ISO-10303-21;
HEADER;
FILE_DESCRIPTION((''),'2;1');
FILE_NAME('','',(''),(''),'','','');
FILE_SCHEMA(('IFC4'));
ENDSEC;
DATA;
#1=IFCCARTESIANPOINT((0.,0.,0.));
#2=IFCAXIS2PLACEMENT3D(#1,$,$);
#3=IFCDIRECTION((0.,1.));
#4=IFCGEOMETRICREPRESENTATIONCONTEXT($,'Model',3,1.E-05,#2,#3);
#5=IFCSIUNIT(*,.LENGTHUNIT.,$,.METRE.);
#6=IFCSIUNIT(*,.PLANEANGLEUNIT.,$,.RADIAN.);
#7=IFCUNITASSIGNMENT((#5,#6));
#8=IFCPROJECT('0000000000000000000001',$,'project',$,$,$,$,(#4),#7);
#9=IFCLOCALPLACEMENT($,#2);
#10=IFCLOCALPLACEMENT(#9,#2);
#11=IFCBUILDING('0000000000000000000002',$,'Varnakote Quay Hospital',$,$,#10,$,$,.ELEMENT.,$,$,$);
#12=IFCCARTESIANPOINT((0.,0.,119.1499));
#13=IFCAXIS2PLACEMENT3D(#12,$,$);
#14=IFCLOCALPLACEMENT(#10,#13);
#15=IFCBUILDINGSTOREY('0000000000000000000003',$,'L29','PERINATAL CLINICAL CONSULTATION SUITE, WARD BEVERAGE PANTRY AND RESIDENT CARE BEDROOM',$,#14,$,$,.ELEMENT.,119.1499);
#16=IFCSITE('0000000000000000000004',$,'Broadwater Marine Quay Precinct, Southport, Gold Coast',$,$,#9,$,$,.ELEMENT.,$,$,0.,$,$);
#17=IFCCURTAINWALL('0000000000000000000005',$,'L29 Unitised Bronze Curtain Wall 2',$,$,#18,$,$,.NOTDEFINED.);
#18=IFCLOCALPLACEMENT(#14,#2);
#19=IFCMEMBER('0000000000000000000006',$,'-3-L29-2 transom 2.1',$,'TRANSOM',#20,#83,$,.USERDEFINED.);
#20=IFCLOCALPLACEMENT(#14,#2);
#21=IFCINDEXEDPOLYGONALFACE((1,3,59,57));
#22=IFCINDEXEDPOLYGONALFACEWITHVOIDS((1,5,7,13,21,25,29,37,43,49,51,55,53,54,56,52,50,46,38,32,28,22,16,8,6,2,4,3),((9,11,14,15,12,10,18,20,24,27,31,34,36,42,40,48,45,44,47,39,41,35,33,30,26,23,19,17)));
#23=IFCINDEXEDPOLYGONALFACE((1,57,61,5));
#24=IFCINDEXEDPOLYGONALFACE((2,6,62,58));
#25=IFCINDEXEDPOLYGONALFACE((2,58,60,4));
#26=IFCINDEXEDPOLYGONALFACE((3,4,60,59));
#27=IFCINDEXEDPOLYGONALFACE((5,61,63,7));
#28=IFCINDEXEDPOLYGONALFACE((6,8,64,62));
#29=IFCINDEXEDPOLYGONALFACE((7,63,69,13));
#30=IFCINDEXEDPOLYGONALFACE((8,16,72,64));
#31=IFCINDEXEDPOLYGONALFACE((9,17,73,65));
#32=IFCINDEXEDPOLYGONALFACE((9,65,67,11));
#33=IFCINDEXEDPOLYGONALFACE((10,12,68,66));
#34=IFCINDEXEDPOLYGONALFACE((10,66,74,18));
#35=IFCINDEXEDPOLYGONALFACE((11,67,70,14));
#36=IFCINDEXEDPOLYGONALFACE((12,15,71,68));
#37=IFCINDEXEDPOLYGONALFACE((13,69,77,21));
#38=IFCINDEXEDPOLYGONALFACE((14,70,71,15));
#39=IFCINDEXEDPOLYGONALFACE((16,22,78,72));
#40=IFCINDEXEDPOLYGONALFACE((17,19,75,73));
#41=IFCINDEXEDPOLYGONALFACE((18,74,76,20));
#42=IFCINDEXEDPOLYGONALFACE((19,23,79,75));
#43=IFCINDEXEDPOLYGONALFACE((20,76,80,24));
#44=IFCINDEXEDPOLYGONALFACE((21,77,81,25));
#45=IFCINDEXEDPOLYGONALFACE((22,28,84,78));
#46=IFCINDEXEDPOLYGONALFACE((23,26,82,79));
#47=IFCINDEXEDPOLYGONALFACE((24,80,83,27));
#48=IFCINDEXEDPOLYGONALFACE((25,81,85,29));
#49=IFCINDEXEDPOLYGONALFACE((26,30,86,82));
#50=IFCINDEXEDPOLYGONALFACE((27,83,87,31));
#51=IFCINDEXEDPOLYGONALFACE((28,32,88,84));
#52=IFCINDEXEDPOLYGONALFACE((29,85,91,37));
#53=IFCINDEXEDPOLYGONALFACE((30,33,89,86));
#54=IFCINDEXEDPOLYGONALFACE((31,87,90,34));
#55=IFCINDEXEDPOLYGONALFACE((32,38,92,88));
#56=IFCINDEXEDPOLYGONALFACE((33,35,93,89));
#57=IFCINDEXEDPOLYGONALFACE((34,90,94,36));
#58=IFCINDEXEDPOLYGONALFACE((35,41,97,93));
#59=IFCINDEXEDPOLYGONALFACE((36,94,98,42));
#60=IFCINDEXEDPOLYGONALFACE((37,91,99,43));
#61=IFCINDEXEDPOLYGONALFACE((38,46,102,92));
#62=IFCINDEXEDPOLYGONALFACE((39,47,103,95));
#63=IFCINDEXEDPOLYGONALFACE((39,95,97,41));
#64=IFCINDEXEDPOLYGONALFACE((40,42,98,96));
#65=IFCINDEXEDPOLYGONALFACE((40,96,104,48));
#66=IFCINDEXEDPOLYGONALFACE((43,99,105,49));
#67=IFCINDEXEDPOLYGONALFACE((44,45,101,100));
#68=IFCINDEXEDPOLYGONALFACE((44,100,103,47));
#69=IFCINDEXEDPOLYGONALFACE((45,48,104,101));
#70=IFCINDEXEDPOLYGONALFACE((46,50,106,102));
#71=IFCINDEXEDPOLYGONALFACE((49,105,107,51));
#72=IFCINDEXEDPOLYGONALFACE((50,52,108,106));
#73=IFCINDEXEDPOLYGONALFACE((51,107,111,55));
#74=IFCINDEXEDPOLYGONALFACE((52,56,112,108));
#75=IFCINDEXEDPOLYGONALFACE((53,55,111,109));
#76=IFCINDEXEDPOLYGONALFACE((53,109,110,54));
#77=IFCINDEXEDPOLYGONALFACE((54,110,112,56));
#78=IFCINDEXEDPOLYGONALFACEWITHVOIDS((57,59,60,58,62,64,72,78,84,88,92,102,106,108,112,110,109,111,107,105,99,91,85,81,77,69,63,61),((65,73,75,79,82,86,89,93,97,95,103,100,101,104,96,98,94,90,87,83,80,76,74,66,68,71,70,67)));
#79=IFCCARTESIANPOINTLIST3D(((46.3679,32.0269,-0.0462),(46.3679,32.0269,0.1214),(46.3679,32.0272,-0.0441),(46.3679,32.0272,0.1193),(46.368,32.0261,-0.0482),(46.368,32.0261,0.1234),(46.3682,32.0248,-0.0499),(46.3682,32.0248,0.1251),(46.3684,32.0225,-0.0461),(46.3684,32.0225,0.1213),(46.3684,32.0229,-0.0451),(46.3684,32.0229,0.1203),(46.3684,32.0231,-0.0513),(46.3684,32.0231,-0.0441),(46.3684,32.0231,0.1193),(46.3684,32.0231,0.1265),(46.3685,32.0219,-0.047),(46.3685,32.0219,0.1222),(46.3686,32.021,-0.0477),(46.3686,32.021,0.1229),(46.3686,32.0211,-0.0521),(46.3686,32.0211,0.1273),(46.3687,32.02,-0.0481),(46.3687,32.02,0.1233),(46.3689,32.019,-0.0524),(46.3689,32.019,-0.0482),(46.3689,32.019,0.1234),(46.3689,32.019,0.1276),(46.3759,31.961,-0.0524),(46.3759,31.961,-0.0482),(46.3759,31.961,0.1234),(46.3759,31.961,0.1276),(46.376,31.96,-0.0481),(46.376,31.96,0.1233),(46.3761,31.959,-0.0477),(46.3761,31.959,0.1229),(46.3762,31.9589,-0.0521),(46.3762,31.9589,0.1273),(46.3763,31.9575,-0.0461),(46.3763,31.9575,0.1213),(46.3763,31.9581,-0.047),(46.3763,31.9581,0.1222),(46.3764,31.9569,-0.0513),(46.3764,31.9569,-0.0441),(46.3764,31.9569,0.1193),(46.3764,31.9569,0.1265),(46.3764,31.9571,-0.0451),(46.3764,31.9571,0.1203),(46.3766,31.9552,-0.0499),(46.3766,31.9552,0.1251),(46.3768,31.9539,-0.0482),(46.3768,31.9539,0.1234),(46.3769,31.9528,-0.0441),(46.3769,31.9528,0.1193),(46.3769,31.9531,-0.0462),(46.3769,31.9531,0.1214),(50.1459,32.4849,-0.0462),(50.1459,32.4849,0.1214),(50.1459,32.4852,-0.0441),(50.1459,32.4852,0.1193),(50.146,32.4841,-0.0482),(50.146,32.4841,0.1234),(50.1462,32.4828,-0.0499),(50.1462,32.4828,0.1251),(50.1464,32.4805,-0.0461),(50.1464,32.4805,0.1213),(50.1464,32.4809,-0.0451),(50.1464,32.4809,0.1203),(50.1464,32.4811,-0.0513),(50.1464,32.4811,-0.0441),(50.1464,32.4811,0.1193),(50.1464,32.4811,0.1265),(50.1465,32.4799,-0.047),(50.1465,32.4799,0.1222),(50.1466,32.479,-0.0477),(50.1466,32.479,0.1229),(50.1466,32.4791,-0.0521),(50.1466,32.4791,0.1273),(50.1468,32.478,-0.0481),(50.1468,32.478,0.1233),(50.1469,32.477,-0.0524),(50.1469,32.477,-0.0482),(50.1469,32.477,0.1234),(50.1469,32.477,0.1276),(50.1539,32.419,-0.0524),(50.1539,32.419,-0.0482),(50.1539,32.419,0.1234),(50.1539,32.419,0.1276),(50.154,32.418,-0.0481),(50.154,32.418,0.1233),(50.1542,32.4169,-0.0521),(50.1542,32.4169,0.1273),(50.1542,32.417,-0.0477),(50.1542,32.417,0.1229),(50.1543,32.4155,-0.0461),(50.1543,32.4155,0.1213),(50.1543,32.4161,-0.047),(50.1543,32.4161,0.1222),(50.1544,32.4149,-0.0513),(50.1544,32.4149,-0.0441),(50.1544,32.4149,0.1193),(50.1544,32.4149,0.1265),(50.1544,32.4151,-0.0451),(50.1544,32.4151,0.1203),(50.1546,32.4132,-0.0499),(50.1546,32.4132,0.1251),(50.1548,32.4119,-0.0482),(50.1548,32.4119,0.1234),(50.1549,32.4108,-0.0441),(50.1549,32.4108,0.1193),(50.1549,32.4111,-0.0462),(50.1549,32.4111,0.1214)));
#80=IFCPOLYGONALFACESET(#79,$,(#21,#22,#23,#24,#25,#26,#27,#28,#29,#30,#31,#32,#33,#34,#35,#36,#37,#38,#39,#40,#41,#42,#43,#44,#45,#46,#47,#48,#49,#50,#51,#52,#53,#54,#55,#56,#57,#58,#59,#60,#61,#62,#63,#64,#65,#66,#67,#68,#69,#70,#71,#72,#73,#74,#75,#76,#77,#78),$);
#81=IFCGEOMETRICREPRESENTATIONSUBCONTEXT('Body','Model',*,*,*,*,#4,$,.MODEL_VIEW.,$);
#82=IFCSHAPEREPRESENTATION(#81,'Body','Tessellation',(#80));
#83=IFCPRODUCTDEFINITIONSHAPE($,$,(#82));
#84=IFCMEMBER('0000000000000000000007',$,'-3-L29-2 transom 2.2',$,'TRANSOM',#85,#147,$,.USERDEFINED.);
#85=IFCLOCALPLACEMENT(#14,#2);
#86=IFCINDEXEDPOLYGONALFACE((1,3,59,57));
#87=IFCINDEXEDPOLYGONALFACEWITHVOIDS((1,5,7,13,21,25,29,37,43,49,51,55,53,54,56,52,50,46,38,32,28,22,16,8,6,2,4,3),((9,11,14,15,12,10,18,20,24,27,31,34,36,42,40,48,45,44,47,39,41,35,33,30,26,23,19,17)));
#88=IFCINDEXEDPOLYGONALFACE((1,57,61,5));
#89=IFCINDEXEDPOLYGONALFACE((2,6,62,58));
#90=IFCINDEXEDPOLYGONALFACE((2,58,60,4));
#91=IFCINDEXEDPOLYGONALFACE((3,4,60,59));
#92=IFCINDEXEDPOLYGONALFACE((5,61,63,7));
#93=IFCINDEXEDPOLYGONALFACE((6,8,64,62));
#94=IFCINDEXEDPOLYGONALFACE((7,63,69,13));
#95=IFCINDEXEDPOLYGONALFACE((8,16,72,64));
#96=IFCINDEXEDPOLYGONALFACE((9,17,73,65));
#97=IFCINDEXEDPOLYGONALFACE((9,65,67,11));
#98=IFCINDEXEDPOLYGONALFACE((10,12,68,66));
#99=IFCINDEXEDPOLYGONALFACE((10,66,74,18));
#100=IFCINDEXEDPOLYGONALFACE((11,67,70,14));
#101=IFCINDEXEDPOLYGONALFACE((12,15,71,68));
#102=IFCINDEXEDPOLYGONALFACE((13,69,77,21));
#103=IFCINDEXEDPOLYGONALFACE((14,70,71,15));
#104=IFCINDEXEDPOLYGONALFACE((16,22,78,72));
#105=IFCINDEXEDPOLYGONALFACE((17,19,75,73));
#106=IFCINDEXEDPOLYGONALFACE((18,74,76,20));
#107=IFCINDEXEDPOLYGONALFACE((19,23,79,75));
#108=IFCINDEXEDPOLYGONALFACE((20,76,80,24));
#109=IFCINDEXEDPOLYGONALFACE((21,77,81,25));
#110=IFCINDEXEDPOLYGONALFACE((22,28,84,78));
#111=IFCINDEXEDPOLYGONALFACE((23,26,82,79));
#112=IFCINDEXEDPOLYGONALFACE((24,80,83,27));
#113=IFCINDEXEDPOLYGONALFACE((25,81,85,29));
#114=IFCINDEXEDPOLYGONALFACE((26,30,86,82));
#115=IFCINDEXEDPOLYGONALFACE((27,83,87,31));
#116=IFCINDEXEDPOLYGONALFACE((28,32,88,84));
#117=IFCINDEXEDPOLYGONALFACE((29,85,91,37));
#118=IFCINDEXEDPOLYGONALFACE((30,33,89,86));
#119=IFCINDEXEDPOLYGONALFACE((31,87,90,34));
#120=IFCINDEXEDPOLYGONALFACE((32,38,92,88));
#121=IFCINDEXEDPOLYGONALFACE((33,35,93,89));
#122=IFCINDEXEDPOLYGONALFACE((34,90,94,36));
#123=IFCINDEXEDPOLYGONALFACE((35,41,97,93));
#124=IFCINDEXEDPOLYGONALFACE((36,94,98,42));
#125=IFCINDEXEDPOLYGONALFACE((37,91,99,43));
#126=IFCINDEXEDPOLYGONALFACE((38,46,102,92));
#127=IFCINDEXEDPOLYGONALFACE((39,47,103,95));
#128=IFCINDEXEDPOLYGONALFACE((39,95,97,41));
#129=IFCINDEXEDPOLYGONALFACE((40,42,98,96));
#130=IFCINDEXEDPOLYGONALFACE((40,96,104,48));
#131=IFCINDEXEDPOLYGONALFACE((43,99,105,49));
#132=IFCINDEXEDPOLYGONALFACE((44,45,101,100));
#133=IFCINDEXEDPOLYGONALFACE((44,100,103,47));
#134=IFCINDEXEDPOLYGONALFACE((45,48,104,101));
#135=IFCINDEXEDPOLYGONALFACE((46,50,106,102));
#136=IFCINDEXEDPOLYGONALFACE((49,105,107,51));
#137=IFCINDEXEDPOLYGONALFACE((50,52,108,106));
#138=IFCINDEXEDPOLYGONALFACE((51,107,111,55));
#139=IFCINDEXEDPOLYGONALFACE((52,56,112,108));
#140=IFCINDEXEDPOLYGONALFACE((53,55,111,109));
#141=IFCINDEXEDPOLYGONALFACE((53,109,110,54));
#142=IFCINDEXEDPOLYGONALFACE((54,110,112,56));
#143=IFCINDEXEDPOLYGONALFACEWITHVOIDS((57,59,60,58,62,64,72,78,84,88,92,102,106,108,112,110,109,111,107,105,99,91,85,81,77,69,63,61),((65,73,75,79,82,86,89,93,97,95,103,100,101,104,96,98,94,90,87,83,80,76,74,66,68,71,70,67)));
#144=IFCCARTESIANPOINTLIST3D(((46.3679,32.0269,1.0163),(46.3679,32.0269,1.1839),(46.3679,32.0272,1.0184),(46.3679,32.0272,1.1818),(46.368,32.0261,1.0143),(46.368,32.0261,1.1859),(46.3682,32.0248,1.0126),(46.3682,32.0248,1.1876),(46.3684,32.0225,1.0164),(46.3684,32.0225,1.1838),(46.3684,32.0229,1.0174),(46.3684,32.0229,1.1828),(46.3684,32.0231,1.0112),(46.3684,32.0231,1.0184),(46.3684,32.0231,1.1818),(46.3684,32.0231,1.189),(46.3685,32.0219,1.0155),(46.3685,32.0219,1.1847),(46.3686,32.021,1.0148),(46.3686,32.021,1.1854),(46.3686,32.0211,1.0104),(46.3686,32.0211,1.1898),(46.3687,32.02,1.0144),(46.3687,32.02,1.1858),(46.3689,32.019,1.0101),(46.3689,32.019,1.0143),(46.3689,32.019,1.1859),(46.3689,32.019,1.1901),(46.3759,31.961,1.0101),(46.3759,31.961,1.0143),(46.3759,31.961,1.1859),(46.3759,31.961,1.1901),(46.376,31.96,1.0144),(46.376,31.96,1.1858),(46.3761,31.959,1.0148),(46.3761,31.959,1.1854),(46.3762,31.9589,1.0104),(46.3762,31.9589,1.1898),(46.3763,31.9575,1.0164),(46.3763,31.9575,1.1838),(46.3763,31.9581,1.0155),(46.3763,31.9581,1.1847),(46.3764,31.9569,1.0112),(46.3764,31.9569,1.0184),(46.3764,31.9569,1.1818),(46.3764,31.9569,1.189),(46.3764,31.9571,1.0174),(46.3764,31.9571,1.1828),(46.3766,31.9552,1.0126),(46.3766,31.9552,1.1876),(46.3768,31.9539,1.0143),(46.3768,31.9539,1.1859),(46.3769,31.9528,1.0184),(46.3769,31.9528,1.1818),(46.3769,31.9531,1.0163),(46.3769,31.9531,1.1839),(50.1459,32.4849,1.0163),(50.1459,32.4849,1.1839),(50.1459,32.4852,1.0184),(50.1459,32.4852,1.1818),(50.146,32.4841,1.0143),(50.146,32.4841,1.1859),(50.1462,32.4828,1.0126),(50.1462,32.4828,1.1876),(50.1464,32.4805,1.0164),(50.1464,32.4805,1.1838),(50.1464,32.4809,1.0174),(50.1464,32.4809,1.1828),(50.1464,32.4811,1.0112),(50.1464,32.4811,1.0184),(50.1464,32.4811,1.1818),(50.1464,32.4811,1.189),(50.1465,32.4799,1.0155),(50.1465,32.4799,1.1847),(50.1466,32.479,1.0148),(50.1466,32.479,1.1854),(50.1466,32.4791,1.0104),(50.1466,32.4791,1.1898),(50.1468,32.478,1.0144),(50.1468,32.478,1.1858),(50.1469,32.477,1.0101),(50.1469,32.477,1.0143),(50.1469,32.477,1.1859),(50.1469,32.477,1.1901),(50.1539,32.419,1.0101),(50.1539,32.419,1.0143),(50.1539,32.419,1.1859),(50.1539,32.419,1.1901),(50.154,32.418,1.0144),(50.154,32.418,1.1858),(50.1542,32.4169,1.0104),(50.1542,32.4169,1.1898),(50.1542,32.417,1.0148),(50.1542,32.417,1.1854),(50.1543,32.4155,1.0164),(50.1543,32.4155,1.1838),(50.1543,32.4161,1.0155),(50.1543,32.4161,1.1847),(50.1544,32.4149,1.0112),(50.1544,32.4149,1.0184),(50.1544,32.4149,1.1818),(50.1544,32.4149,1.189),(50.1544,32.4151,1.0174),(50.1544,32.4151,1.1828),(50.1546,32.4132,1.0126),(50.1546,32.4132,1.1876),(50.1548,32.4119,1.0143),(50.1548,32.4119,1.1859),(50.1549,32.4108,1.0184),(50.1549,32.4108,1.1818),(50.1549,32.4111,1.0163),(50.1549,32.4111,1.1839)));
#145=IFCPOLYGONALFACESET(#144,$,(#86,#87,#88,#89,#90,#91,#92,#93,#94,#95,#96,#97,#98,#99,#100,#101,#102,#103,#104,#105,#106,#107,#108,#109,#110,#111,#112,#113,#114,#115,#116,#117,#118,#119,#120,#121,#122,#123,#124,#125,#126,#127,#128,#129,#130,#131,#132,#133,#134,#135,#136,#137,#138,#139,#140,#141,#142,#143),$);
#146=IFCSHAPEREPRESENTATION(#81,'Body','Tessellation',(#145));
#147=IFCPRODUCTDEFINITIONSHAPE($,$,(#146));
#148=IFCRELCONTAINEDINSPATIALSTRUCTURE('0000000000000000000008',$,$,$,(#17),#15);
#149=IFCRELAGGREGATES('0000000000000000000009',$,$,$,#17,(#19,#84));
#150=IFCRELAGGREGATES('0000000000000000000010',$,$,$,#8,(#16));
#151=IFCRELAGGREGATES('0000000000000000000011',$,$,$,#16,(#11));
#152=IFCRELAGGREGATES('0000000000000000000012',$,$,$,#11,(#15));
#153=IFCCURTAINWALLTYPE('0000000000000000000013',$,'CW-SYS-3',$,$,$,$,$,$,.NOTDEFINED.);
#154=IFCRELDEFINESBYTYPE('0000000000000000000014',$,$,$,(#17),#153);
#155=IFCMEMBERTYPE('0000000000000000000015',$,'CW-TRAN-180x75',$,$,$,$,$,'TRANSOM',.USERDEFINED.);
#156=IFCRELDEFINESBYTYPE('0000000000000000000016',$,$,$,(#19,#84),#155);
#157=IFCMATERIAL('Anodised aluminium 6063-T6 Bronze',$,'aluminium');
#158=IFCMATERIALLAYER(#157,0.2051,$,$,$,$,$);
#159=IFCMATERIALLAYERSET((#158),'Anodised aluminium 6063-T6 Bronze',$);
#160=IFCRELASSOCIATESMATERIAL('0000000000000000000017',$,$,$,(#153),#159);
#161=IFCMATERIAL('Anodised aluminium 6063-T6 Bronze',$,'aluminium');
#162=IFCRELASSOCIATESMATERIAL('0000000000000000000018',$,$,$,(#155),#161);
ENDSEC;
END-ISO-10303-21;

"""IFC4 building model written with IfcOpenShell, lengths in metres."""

from ifc_helpers import new_model, si_unit, direction, frame, origin, origin_2d, place, context, subcontext, project, spatial, hollow_rectangle, extrude, material, layer, layer_set, material_profile, profile_set, type_object, element, aggregate, save


model = new_model("IFC4")

# Units and contexts
model_context = context("Model", 3, precision=1e-05, world=origin(), true_north=direction((0.0, 1.0)))
body_context = subcontext(model_context, "Body", "Model", "MODEL_VIEW")
ifc_project = project(units=[si_unit("LENGTHUNIT", "METRE"), si_unit("PLANEANGLEUNIT", "RADIAN")], contexts=[model_context])

# Site, building, storey
site_placement = place(None, origin())
site = spatial("IfcSite", under=ifc_project, at=site_placement, Name="Broadwater Marine Quay Precinct, Southport, Gold Coast", CompositionType="ELEMENT", RefElevation=0.0)
building_placement = place(site_placement, origin())
building = spatial("IfcBuilding", under=site, at=building_placement, Name="Varnakote Quay Hospital", CompositionType="ELEMENT")
storey_placement = place(building_placement, frame((0.0, 0.0, 119.1499)))
storey = spatial("IfcBuildingStorey", under=building, at=storey_placement, Name="L29", Description="PERINATAL CLINICAL CONSULTATION SUITE, WARD BEVERAGE PANTRY AND RESIDENT CARE BEDROOM", CompositionType="ELEMENT", Elevation=119.1499)

# Shared definitions
ifc_material_1 = material(Name="Anodised aluminium 6063-T6 Bronze", Category="aluminium")
ifc_layer_1 = layer(ifc_material_1, 0.2051)
ifc_layer_set_1 = layer_set([ifc_layer_1], Name="Anodised aluminium 6063-T6 Bronze")
curtain_wall_type = type_object("IfcCurtainWallType", Name="CW-SYS-3", PredefinedType="NOTDEFINED", material=ifc_layer_set_1)

# Curtain wall, members
curtain_wall_1_placement = place(storey_placement, origin())
curtain_wall_1 = element("IfcCurtainWall", 1, at=curtain_wall_1_placement, inside=storey, type_object=curtain_wall_type, Name="L29 Unitised Bronze Curtain Wall 2", PredefinedType="NOTDEFINED")
ifc_material_2 = material(Name="Anodised aluminium 6063-T6 Bronze", Category="aluminium")
ifc_material_profile_1 = material_profile(ifc_material_2, hollow_rectangle(XDim=0.075, YDim=0.1799, WallThickness=0.0042, InnerFilletRadius=0.0042, OuterFilletRadius=0.0083, at=origin_2d()), Name="CW-TRAN-180x75")
ifc_profile_set_1 = profile_set([ifc_material_profile_1], Name="Anodised aluminium 6063-T6 Bronze")
member_type_1 = type_object("IfcMemberType", Name="CW-TRAN-180x75", ElementType="TRANSOM", PredefinedType="USERDEFINED", material=ifc_profile_set_1)
member_1_placement = place(storey_placement, frame((50.1504, 32.448, 0.0376), z_axis=(-0.992732, -0.120347, 0.0), x_axis=(0.120347, -0.992732, 0.0)))
member_1 = element("IfcMember", 2, at=member_1_placement, type_object=member_type_1, Name="-3-L29-2 transom 2.1", ObjectType="TRANSOM", PredefinedType="USERDEFINED", context=body_context, shape_type="SweptSolid", body=[
    extrude(hollow_rectangle(XDim=0.075, YDim=0.1799, WallThickness=0.0042, InnerFilletRadius=0.0042, OuterFilletRadius=0.0083, at=origin_2d()), origin(), (0.0, 0.0, 1.0), 3.8057),
])
member_2_placement = place(storey_placement, frame((50.1504, 32.448, 1.1001), z_axis=(-0.992732, -0.120347, 0.0), x_axis=(0.120347, -0.992732, 0.0)))
member_2 = element("IfcMember", 3, at=member_2_placement, type_object=member_type_1, Name="-3-L29-2 transom 2.2", ObjectType="TRANSOM", PredefinedType="USERDEFINED", context=body_context, shape_type="SweptSolid", body=[
    extrude(hollow_rectangle(XDim=0.075, YDim=0.1799, WallThickness=0.0042, InnerFilletRadius=0.0042, OuterFilletRadius=0.0083, at=origin_2d()), origin(), (0.0, 0.0, 1.0), 3.8057),
])

aggregate(curtain_wall_1, [member_1, member_2])

save(model, "model.ifc")
